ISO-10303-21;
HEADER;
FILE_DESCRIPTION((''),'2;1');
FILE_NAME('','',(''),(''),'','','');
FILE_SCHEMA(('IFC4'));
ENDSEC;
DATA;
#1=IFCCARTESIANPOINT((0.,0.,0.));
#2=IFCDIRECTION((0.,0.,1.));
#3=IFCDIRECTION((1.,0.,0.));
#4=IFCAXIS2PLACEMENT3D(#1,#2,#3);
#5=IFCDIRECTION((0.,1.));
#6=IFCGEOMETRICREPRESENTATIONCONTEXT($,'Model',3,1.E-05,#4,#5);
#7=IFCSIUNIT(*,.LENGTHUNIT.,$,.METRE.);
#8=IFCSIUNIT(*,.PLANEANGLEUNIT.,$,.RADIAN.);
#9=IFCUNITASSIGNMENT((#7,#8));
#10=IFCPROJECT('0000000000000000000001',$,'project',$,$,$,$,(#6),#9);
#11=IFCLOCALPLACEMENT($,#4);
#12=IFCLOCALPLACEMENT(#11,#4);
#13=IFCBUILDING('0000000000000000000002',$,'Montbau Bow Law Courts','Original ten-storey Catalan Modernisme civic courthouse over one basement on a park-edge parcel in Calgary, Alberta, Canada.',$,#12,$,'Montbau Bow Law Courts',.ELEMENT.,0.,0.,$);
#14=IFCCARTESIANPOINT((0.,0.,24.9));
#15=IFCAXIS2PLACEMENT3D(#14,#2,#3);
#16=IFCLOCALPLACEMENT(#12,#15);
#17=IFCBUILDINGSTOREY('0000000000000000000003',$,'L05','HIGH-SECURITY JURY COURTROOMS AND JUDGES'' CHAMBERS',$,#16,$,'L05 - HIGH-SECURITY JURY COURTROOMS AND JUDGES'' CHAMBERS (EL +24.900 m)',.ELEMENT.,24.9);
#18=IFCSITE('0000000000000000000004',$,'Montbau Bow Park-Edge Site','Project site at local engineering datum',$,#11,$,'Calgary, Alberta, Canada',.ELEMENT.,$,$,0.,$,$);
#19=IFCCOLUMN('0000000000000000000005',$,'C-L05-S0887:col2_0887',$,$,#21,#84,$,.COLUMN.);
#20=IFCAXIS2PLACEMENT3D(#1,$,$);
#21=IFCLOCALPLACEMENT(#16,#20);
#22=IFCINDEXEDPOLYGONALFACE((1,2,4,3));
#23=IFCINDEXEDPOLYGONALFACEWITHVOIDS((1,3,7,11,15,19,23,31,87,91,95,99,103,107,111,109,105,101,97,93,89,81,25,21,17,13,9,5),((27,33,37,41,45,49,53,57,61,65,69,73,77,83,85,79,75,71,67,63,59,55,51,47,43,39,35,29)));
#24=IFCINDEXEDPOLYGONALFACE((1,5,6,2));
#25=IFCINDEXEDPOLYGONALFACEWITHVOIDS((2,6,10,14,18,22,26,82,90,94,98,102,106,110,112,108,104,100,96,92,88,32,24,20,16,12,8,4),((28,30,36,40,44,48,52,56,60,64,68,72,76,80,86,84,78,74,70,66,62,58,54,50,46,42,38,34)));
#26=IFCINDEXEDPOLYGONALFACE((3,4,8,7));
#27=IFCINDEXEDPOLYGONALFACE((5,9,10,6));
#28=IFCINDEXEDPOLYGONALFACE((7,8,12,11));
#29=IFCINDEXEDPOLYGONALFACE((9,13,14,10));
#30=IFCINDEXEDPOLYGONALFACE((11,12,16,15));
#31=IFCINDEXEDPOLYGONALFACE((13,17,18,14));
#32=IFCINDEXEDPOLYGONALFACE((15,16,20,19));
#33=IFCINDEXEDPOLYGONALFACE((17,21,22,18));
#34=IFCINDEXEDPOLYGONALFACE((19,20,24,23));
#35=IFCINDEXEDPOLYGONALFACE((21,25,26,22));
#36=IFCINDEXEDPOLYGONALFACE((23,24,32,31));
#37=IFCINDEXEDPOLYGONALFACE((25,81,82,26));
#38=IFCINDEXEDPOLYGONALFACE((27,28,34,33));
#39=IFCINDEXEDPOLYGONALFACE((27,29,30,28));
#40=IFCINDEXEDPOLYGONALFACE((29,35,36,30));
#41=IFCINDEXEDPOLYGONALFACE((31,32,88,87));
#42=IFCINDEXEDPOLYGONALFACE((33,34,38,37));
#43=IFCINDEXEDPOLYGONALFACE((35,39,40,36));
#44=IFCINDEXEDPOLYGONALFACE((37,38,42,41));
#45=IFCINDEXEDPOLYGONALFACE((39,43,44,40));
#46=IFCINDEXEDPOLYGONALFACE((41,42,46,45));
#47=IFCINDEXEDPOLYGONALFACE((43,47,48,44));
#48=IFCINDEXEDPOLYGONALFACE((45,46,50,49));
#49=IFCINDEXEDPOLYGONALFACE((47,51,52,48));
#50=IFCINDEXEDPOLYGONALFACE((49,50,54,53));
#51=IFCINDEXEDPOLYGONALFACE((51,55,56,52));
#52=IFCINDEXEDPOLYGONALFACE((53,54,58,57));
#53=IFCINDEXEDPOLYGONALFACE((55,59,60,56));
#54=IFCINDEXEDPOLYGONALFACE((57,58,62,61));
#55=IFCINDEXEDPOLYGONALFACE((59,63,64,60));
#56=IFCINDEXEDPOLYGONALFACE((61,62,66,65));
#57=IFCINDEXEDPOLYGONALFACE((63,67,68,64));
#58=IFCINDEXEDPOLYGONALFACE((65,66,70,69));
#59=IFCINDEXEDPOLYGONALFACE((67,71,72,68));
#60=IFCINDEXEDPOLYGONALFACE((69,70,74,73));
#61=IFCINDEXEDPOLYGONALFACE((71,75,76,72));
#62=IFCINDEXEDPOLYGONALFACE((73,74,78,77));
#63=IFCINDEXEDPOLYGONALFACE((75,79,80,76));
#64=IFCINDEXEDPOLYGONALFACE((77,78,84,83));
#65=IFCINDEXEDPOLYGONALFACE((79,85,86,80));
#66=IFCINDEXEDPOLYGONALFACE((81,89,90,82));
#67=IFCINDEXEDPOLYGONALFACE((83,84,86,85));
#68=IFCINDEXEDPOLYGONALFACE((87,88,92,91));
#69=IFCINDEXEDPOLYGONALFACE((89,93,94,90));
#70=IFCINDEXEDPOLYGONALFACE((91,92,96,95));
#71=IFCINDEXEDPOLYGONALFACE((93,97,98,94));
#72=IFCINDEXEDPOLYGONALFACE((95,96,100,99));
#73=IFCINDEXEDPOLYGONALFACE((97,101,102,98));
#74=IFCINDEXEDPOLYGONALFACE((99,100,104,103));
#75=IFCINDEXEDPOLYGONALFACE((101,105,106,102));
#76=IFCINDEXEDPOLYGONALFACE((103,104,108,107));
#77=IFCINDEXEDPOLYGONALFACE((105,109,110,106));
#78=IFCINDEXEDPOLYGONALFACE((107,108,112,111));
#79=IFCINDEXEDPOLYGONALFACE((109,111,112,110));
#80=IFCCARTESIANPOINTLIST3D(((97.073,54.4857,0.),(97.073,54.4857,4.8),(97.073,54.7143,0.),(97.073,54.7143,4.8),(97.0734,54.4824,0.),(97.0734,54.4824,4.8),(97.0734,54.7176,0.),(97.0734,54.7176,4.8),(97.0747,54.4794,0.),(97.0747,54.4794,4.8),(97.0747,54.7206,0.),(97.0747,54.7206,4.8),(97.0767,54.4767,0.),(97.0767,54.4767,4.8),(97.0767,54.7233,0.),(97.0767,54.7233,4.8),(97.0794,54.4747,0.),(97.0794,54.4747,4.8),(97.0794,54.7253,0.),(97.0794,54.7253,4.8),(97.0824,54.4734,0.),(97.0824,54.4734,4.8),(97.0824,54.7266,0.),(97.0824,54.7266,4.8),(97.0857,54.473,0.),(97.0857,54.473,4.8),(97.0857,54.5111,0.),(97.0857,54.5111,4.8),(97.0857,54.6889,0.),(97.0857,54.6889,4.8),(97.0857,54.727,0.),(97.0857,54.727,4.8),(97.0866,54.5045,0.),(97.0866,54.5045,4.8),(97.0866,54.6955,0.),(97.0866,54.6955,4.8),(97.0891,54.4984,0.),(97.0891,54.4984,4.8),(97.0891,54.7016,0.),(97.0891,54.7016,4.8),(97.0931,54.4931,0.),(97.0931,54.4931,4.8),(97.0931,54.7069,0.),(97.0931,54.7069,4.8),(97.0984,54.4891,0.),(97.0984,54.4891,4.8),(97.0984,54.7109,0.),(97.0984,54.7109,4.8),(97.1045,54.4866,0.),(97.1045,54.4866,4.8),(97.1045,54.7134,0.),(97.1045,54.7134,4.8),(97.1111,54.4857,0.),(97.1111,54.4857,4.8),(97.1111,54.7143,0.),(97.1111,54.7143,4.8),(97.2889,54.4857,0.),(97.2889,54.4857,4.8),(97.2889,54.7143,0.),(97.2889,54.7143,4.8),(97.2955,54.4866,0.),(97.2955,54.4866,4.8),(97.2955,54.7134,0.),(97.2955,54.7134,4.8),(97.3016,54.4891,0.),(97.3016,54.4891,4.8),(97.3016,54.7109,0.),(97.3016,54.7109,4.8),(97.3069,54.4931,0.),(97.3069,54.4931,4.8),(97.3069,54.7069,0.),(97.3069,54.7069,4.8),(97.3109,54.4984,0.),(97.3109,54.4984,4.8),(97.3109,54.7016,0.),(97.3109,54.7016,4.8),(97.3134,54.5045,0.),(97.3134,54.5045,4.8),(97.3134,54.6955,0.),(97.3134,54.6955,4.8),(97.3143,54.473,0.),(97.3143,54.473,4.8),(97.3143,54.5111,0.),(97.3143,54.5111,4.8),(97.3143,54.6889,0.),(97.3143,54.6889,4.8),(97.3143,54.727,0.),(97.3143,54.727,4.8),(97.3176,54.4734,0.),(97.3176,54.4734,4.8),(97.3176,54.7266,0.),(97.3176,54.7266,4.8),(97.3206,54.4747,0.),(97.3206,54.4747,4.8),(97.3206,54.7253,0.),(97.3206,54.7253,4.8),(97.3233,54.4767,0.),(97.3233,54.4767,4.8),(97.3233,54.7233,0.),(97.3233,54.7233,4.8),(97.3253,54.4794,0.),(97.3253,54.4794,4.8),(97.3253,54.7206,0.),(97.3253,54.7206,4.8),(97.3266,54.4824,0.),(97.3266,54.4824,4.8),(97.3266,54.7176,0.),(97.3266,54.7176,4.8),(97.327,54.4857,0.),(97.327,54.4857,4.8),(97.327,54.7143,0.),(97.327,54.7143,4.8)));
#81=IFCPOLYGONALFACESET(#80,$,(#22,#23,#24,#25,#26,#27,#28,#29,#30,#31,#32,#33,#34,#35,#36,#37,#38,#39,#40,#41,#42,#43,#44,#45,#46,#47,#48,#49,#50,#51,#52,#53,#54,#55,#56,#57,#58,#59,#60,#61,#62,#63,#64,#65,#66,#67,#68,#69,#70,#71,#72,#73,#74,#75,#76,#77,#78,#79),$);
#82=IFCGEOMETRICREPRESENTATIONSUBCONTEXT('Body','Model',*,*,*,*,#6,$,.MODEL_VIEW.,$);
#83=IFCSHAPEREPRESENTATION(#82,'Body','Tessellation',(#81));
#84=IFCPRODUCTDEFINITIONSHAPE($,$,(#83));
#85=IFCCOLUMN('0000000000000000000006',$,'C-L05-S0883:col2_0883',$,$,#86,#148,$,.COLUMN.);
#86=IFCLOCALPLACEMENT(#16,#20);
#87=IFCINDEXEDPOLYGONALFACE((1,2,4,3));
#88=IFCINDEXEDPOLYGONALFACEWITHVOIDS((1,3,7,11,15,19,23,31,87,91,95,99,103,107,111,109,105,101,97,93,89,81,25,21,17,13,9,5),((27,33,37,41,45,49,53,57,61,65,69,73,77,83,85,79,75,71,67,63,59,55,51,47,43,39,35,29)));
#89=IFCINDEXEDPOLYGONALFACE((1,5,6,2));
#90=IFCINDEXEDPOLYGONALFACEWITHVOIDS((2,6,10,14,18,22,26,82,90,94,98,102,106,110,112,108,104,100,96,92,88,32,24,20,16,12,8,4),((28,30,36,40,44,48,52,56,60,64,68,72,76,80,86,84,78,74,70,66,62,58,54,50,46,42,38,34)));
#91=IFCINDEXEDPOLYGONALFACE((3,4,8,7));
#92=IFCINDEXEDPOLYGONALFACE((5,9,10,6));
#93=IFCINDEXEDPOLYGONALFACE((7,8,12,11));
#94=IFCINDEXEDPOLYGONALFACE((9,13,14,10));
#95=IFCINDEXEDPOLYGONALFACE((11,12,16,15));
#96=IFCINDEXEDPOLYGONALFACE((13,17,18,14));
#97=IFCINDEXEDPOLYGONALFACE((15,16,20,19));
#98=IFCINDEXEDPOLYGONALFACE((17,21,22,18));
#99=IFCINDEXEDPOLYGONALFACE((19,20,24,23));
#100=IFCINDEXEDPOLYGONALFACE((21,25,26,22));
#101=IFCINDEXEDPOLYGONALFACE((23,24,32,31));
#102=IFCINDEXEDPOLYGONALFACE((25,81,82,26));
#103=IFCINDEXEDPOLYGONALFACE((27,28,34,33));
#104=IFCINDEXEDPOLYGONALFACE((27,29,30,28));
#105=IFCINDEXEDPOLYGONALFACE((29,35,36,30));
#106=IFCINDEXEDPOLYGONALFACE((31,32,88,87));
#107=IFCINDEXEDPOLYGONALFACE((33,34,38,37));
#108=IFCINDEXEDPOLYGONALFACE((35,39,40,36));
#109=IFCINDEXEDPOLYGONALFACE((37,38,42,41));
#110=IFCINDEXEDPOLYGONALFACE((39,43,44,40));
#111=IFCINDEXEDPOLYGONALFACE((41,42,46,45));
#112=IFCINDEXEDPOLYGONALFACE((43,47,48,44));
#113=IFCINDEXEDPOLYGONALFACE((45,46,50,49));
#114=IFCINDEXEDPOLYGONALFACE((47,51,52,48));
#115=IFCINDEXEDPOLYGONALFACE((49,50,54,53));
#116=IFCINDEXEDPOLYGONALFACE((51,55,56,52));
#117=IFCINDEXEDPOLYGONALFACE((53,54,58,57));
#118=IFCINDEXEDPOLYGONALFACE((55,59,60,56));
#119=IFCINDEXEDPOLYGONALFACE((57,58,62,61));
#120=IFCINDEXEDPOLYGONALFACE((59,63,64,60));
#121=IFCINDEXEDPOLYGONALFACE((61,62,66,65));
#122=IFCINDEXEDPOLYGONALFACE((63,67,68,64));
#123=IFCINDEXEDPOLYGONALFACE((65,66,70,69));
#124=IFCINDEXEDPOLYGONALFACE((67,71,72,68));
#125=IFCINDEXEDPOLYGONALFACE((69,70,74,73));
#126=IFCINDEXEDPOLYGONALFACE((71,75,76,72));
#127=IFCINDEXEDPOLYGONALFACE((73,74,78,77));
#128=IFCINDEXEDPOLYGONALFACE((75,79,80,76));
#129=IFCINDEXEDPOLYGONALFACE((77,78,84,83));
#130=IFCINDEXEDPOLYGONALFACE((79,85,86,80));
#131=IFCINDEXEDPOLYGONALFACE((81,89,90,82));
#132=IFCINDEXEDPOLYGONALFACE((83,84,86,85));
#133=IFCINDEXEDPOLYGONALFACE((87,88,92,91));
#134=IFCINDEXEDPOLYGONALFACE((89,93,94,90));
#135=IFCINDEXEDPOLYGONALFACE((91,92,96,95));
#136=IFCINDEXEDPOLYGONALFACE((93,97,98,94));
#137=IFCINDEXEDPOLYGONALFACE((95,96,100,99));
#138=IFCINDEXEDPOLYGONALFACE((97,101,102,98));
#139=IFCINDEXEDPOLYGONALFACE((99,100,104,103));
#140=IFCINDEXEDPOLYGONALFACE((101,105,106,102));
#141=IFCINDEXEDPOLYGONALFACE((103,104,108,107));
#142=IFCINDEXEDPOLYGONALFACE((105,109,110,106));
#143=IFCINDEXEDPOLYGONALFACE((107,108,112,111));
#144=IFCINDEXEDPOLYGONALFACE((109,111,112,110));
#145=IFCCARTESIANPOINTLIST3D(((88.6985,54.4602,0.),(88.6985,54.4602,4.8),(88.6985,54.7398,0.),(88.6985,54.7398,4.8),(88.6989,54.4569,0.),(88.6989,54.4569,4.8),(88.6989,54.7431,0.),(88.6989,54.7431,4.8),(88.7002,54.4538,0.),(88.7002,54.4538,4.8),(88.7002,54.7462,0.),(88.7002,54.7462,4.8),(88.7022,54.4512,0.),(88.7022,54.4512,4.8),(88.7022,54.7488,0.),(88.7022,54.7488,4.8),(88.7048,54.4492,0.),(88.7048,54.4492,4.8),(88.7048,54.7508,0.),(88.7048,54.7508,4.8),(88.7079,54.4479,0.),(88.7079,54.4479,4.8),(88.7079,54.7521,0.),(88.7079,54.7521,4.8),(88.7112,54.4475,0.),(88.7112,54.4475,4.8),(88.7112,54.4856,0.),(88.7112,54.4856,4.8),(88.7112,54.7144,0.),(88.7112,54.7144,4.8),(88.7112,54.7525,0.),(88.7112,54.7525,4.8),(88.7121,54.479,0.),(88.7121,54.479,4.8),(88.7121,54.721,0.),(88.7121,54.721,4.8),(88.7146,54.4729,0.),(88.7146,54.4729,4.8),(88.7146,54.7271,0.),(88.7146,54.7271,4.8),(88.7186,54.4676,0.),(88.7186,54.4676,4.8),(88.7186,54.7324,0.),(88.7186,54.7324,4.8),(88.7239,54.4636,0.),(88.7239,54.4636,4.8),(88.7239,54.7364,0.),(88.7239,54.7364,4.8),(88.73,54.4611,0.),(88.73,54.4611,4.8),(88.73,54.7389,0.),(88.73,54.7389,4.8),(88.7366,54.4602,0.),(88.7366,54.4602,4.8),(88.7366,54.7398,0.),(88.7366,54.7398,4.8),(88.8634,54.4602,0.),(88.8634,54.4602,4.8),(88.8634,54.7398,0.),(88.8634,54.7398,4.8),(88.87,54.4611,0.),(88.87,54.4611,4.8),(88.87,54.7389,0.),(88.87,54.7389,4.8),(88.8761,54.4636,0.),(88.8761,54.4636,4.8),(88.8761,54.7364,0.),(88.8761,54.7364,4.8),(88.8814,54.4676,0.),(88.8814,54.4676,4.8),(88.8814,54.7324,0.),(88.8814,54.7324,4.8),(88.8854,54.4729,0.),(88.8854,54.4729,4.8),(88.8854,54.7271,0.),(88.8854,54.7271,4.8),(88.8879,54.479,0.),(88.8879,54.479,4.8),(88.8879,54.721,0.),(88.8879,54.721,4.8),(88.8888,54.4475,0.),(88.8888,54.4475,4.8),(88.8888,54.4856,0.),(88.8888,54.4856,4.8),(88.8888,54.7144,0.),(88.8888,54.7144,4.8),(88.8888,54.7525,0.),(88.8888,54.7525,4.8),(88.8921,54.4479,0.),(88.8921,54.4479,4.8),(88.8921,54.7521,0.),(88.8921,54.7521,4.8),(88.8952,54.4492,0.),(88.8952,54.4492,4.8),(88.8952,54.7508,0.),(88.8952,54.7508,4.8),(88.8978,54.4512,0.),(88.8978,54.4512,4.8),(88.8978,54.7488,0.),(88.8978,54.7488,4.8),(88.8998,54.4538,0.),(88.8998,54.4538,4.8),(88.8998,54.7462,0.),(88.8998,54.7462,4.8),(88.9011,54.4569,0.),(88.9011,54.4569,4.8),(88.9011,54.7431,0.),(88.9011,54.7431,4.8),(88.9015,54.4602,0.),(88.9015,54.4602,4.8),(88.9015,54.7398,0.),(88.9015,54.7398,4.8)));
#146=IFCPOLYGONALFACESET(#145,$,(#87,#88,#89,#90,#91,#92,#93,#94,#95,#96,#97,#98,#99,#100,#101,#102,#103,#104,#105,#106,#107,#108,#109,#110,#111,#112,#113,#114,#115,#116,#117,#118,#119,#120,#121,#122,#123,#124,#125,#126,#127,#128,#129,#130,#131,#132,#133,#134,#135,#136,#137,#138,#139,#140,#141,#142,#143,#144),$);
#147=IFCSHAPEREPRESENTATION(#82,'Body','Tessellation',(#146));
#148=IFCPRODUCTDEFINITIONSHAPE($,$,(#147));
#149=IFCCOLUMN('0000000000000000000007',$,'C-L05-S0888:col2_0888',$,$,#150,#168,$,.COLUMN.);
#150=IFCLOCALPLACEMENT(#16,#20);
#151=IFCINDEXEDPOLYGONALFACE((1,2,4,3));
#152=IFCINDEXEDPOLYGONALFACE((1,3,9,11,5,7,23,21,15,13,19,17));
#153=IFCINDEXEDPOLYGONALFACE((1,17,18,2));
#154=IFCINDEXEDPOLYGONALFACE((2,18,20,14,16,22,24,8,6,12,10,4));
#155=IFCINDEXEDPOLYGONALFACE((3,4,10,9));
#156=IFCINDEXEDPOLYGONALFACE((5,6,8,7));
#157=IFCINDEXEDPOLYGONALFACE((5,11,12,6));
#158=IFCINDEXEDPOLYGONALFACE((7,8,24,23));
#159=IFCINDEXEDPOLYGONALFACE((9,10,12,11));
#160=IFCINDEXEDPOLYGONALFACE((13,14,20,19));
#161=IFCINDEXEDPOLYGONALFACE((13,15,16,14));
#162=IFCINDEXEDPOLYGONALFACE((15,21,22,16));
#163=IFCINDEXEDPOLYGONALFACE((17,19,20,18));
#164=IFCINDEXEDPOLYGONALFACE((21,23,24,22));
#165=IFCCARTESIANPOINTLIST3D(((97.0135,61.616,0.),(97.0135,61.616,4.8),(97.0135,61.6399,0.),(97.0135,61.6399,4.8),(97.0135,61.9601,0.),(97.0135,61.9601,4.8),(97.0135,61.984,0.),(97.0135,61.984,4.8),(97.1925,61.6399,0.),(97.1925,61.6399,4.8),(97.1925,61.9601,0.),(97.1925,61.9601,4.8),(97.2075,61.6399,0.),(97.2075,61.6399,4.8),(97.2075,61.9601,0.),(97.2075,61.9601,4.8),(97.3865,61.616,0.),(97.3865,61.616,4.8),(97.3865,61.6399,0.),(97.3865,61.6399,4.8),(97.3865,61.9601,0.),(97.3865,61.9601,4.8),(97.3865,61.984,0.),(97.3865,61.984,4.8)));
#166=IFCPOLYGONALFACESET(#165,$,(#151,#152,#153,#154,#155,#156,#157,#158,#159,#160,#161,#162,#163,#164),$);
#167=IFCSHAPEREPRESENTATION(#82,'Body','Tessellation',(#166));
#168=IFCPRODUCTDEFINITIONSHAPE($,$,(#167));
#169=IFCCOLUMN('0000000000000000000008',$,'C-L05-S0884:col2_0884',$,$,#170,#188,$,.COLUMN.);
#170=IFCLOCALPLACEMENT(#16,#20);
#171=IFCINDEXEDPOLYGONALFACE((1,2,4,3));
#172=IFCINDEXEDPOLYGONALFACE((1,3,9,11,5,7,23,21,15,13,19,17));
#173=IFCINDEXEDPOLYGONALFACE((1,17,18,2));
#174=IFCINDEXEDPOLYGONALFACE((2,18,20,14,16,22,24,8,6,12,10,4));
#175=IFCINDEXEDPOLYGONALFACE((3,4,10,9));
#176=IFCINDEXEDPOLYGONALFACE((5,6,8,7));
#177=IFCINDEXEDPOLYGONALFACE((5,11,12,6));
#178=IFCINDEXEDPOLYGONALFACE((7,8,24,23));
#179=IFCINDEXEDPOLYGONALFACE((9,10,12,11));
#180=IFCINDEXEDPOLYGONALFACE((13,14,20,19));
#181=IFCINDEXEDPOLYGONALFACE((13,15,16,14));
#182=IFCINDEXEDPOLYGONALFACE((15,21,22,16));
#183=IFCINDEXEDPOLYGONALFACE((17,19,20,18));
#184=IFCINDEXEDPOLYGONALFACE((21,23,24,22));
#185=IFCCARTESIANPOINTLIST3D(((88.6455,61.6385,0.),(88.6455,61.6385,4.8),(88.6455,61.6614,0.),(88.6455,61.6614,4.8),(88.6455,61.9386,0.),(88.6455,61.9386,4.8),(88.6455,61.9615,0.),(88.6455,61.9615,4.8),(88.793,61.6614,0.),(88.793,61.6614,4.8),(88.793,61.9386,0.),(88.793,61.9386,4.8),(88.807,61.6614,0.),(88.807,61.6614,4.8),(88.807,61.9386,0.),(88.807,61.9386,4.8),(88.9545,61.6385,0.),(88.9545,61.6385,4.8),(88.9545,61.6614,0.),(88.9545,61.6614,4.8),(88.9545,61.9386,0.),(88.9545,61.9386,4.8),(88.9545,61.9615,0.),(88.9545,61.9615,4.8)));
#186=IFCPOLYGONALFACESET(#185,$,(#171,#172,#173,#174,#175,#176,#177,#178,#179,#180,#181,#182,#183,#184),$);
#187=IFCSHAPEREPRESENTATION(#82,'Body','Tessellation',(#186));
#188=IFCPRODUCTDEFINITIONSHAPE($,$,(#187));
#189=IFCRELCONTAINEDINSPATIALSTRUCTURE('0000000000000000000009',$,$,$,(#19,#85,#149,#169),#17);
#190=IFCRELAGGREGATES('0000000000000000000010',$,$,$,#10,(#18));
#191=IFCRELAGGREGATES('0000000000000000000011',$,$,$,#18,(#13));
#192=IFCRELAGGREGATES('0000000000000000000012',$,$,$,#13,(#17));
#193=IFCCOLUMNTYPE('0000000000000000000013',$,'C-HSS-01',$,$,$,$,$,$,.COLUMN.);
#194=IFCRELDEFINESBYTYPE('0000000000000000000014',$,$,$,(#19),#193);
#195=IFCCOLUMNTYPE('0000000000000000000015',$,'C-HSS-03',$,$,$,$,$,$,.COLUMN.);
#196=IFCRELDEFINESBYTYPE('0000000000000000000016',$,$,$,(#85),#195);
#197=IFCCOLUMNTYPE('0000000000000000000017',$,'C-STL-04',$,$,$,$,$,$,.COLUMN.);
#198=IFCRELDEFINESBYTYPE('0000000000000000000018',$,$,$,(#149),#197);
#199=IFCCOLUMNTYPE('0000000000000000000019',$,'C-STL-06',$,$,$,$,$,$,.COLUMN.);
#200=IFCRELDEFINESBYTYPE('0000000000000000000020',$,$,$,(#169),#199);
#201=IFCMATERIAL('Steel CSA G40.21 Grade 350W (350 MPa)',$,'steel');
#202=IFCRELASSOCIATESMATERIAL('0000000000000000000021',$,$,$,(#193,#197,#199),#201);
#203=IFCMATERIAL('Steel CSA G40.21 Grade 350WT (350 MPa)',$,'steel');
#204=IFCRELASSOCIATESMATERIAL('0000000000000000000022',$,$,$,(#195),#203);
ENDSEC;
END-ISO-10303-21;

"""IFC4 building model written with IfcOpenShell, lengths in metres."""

from ifc_helpers import new_model, si_unit, direction, frame, origin_with_axes, origin_2d_with_axis, place, context, subcontext, project, spatial, hollow_rectangle, i_section, extrude, material, material_profile, profile_set, type_object, element, save


model = new_model("IFC4")

# Units and contexts
model_context = context("Model", 3, precision=1e-05, world=origin_with_axes(), true_north=direction((0.0, 1.0)))
body_context = subcontext(model_context, "Body", "Model", "MODEL_VIEW")
ifc_project = project(units=[si_unit("LENGTHUNIT", "METRE"), si_unit("PLANEANGLEUNIT", "RADIAN")], contexts=[model_context])

# Site, building, storey
site_placement = place(None, origin_with_axes())
site = spatial("IfcSite", under=ifc_project, at=site_placement, Name="Montbau Bow Park-Edge Site", Description="Project site at local engineering datum", LongName="Calgary, Alberta, Canada", CompositionType="ELEMENT", RefElevation=0.0)
building_placement = place(site_placement, origin_with_axes())
building = spatial("IfcBuilding", under=site, at=building_placement, Name="Montbau Bow Law Courts", Description="Original ten-storey Catalan Modernisme civic courthouse over one basement on a park-edge parcel in Calgary, Alberta, Canada.", LongName="Montbau Bow Law Courts", CompositionType="ELEMENT", ElevationOfRefHeight=0.0, ElevationOfTerrain=0.0)
storey_placement = place(building_placement, frame((0.0, 0.0, 24.9), z_axis=(0.0, 0.0, 1.0), x_axis=(1.0, 0.0, 0.0)))
storey = spatial("IfcBuildingStorey", under=building, at=storey_placement, Name="L05", Description="HIGH-SECURITY JURY COURTROOMS AND JUDGES' CHAMBERS", LongName="L05 - HIGH-SECURITY JURY COURTROOMS AND JUDGES' CHAMBERS (EL +24.900 m)", CompositionType="ELEMENT", Elevation=24.9)

# Columns
ifc_material_1 = material(Name="Steel CSA G40.21 Grade 350W (350 MPa)", Category="steel")
ifc_material_profile_1 = material_profile(ifc_material_1, hollow_rectangle(XDim=0.254, YDim=0.254, WallThickness=0.0127, InnerFilletRadius=0.0254, OuterFilletRadius=0.0127, at=origin_2d_with_axis()), Name="HSS254X254X13", Category="Main", Priority=0)
ifc_profile_set_1 = profile_set([ifc_material_profile_1], Name="Steel CSA G40.21 Grade 350W (350 MPa)")
column_type_1 = type_object("IfcColumnType", Name="C-HSS-01", PredefinedType="COLUMN", material=ifc_profile_set_1)
column_1_placement = place(None, frame((97.2, 54.6, 24.9), z_axis=(0.0, 0.0, 1.0), x_axis=(1.0, 0.0, 0.0)))
element("IfcColumn", 1, at=column_1_placement, inside=storey, type_object=column_type_1, Name="C-L05-S0887:col2_0887", PredefinedType="COLUMN", context=body_context, shape_type="SweptSolid", body=[
    extrude(hollow_rectangle(XDim=0.254, YDim=0.254, WallThickness=0.0127, InnerFilletRadius=0.0254, OuterFilletRadius=0.0127, at=origin_2d_with_axis()), origin_with_axes(), (0.0, 0.0, 1.0), 4.8),
])
ifc_material_2 = material(Name="Steel CSA G40.21 Grade 350WT (350 MPa)", Category="steel")
ifc_material_profile_2 = material_profile(ifc_material_2, hollow_rectangle(XDim=0.203, YDim=0.305, WallThickness=0.0127, InnerFilletRadius=0.0254, OuterFilletRadius=0.0127, at=origin_2d_with_axis()), Name="HSS305X203X13", Category="Main", Priority=0)
ifc_profile_set_2 = profile_set([ifc_material_profile_2], Name="Steel CSA G40.21 Grade 350WT (350 MPa)")
column_type_2 = type_object("IfcColumnType", Name="C-HSS-03", PredefinedType="COLUMN", material=ifc_profile_set_2)
column_2_placement = place(None, frame((88.8, 54.6, 24.9), z_axis=(0.0, 0.0, 1.0), x_axis=(1.0, 0.0, 0.0)))
element("IfcColumn", 2, at=column_2_placement, inside=storey, type_object=column_type_2, Name="C-L05-S0883:col2_0883", PredefinedType="COLUMN", context=body_context, shape_type="SweptSolid", body=[
    extrude(hollow_rectangle(XDim=0.203, YDim=0.305, WallThickness=0.0127, InnerFilletRadius=0.0254, OuterFilletRadius=0.0127, at=origin_2d_with_axis()), origin_with_axes(), (0.0, 0.0, 1.0), 4.8),
])
ifc_material_profile_3 = material_profile(ifc_material_1, i_section(OverallWidth=0.373, OverallDepth=0.368, WebThickness=0.015, FlangeThickness=0.0239, at=origin_2d_with_axis()), Name="W360X179", Category="Main", Priority=0)
ifc_profile_set_3 = profile_set([ifc_material_profile_3], Name="Steel CSA G40.21 Grade 350W (350 MPa)")
column_type_3 = type_object("IfcColumnType", Name="C-STL-04", PredefinedType="COLUMN", material=ifc_profile_set_3)
column_3_placement = place(None, frame((97.2, 61.8, 24.9), z_axis=(0.0, 0.0, 1.0), x_axis=(1.0, 0.0, 0.0)))
element("IfcColumn", 3, at=column_3_placement, inside=storey, type_object=column_type_3, Name="C-L05-S0888:col2_0888", PredefinedType="COLUMN", context=body_context, shape_type="SweptSolid", body=[
    extrude(i_section(OverallWidth=0.373, OverallDepth=0.368, WebThickness=0.015, FlangeThickness=0.0239, at=origin_2d_with_axis()), origin_with_axes(), (0.0, 0.0, 1.0), 4.8),
])
ifc_material_profile_4 = material_profile(ifc_material_1, i_section(OverallWidth=0.309, OverallDepth=0.323, WebThickness=0.014, FlangeThickness=0.0229, at=origin_2d_with_axis()), Name="W310X143", Category="Main", Priority=0)
ifc_profile_set_4 = profile_set([ifc_material_profile_4], Name="Steel CSA G40.21 Grade 350W (350 MPa)")
column_type_4 = type_object("IfcColumnType", Name="C-STL-06", PredefinedType="COLUMN", material=ifc_profile_set_4)
column_4_placement = place(None, frame((88.8, 61.8, 24.9), z_axis=(0.0, 0.0, 1.0), x_axis=(1.0, 0.0, 0.0)))
element("IfcColumn", 4, at=column_4_placement, inside=storey, type_object=column_type_4, Name="C-L05-S0884:col2_0884", PredefinedType="COLUMN", context=body_context, shape_type="SweptSolid", body=[
    extrude(i_section(OverallWidth=0.309, OverallDepth=0.323, WebThickness=0.014, FlangeThickness=0.0229, at=origin_2d_with_axis()), origin_with_axes(), (0.0, 0.0, 1.0), 4.8),
])

save(model, "model.ifc")
